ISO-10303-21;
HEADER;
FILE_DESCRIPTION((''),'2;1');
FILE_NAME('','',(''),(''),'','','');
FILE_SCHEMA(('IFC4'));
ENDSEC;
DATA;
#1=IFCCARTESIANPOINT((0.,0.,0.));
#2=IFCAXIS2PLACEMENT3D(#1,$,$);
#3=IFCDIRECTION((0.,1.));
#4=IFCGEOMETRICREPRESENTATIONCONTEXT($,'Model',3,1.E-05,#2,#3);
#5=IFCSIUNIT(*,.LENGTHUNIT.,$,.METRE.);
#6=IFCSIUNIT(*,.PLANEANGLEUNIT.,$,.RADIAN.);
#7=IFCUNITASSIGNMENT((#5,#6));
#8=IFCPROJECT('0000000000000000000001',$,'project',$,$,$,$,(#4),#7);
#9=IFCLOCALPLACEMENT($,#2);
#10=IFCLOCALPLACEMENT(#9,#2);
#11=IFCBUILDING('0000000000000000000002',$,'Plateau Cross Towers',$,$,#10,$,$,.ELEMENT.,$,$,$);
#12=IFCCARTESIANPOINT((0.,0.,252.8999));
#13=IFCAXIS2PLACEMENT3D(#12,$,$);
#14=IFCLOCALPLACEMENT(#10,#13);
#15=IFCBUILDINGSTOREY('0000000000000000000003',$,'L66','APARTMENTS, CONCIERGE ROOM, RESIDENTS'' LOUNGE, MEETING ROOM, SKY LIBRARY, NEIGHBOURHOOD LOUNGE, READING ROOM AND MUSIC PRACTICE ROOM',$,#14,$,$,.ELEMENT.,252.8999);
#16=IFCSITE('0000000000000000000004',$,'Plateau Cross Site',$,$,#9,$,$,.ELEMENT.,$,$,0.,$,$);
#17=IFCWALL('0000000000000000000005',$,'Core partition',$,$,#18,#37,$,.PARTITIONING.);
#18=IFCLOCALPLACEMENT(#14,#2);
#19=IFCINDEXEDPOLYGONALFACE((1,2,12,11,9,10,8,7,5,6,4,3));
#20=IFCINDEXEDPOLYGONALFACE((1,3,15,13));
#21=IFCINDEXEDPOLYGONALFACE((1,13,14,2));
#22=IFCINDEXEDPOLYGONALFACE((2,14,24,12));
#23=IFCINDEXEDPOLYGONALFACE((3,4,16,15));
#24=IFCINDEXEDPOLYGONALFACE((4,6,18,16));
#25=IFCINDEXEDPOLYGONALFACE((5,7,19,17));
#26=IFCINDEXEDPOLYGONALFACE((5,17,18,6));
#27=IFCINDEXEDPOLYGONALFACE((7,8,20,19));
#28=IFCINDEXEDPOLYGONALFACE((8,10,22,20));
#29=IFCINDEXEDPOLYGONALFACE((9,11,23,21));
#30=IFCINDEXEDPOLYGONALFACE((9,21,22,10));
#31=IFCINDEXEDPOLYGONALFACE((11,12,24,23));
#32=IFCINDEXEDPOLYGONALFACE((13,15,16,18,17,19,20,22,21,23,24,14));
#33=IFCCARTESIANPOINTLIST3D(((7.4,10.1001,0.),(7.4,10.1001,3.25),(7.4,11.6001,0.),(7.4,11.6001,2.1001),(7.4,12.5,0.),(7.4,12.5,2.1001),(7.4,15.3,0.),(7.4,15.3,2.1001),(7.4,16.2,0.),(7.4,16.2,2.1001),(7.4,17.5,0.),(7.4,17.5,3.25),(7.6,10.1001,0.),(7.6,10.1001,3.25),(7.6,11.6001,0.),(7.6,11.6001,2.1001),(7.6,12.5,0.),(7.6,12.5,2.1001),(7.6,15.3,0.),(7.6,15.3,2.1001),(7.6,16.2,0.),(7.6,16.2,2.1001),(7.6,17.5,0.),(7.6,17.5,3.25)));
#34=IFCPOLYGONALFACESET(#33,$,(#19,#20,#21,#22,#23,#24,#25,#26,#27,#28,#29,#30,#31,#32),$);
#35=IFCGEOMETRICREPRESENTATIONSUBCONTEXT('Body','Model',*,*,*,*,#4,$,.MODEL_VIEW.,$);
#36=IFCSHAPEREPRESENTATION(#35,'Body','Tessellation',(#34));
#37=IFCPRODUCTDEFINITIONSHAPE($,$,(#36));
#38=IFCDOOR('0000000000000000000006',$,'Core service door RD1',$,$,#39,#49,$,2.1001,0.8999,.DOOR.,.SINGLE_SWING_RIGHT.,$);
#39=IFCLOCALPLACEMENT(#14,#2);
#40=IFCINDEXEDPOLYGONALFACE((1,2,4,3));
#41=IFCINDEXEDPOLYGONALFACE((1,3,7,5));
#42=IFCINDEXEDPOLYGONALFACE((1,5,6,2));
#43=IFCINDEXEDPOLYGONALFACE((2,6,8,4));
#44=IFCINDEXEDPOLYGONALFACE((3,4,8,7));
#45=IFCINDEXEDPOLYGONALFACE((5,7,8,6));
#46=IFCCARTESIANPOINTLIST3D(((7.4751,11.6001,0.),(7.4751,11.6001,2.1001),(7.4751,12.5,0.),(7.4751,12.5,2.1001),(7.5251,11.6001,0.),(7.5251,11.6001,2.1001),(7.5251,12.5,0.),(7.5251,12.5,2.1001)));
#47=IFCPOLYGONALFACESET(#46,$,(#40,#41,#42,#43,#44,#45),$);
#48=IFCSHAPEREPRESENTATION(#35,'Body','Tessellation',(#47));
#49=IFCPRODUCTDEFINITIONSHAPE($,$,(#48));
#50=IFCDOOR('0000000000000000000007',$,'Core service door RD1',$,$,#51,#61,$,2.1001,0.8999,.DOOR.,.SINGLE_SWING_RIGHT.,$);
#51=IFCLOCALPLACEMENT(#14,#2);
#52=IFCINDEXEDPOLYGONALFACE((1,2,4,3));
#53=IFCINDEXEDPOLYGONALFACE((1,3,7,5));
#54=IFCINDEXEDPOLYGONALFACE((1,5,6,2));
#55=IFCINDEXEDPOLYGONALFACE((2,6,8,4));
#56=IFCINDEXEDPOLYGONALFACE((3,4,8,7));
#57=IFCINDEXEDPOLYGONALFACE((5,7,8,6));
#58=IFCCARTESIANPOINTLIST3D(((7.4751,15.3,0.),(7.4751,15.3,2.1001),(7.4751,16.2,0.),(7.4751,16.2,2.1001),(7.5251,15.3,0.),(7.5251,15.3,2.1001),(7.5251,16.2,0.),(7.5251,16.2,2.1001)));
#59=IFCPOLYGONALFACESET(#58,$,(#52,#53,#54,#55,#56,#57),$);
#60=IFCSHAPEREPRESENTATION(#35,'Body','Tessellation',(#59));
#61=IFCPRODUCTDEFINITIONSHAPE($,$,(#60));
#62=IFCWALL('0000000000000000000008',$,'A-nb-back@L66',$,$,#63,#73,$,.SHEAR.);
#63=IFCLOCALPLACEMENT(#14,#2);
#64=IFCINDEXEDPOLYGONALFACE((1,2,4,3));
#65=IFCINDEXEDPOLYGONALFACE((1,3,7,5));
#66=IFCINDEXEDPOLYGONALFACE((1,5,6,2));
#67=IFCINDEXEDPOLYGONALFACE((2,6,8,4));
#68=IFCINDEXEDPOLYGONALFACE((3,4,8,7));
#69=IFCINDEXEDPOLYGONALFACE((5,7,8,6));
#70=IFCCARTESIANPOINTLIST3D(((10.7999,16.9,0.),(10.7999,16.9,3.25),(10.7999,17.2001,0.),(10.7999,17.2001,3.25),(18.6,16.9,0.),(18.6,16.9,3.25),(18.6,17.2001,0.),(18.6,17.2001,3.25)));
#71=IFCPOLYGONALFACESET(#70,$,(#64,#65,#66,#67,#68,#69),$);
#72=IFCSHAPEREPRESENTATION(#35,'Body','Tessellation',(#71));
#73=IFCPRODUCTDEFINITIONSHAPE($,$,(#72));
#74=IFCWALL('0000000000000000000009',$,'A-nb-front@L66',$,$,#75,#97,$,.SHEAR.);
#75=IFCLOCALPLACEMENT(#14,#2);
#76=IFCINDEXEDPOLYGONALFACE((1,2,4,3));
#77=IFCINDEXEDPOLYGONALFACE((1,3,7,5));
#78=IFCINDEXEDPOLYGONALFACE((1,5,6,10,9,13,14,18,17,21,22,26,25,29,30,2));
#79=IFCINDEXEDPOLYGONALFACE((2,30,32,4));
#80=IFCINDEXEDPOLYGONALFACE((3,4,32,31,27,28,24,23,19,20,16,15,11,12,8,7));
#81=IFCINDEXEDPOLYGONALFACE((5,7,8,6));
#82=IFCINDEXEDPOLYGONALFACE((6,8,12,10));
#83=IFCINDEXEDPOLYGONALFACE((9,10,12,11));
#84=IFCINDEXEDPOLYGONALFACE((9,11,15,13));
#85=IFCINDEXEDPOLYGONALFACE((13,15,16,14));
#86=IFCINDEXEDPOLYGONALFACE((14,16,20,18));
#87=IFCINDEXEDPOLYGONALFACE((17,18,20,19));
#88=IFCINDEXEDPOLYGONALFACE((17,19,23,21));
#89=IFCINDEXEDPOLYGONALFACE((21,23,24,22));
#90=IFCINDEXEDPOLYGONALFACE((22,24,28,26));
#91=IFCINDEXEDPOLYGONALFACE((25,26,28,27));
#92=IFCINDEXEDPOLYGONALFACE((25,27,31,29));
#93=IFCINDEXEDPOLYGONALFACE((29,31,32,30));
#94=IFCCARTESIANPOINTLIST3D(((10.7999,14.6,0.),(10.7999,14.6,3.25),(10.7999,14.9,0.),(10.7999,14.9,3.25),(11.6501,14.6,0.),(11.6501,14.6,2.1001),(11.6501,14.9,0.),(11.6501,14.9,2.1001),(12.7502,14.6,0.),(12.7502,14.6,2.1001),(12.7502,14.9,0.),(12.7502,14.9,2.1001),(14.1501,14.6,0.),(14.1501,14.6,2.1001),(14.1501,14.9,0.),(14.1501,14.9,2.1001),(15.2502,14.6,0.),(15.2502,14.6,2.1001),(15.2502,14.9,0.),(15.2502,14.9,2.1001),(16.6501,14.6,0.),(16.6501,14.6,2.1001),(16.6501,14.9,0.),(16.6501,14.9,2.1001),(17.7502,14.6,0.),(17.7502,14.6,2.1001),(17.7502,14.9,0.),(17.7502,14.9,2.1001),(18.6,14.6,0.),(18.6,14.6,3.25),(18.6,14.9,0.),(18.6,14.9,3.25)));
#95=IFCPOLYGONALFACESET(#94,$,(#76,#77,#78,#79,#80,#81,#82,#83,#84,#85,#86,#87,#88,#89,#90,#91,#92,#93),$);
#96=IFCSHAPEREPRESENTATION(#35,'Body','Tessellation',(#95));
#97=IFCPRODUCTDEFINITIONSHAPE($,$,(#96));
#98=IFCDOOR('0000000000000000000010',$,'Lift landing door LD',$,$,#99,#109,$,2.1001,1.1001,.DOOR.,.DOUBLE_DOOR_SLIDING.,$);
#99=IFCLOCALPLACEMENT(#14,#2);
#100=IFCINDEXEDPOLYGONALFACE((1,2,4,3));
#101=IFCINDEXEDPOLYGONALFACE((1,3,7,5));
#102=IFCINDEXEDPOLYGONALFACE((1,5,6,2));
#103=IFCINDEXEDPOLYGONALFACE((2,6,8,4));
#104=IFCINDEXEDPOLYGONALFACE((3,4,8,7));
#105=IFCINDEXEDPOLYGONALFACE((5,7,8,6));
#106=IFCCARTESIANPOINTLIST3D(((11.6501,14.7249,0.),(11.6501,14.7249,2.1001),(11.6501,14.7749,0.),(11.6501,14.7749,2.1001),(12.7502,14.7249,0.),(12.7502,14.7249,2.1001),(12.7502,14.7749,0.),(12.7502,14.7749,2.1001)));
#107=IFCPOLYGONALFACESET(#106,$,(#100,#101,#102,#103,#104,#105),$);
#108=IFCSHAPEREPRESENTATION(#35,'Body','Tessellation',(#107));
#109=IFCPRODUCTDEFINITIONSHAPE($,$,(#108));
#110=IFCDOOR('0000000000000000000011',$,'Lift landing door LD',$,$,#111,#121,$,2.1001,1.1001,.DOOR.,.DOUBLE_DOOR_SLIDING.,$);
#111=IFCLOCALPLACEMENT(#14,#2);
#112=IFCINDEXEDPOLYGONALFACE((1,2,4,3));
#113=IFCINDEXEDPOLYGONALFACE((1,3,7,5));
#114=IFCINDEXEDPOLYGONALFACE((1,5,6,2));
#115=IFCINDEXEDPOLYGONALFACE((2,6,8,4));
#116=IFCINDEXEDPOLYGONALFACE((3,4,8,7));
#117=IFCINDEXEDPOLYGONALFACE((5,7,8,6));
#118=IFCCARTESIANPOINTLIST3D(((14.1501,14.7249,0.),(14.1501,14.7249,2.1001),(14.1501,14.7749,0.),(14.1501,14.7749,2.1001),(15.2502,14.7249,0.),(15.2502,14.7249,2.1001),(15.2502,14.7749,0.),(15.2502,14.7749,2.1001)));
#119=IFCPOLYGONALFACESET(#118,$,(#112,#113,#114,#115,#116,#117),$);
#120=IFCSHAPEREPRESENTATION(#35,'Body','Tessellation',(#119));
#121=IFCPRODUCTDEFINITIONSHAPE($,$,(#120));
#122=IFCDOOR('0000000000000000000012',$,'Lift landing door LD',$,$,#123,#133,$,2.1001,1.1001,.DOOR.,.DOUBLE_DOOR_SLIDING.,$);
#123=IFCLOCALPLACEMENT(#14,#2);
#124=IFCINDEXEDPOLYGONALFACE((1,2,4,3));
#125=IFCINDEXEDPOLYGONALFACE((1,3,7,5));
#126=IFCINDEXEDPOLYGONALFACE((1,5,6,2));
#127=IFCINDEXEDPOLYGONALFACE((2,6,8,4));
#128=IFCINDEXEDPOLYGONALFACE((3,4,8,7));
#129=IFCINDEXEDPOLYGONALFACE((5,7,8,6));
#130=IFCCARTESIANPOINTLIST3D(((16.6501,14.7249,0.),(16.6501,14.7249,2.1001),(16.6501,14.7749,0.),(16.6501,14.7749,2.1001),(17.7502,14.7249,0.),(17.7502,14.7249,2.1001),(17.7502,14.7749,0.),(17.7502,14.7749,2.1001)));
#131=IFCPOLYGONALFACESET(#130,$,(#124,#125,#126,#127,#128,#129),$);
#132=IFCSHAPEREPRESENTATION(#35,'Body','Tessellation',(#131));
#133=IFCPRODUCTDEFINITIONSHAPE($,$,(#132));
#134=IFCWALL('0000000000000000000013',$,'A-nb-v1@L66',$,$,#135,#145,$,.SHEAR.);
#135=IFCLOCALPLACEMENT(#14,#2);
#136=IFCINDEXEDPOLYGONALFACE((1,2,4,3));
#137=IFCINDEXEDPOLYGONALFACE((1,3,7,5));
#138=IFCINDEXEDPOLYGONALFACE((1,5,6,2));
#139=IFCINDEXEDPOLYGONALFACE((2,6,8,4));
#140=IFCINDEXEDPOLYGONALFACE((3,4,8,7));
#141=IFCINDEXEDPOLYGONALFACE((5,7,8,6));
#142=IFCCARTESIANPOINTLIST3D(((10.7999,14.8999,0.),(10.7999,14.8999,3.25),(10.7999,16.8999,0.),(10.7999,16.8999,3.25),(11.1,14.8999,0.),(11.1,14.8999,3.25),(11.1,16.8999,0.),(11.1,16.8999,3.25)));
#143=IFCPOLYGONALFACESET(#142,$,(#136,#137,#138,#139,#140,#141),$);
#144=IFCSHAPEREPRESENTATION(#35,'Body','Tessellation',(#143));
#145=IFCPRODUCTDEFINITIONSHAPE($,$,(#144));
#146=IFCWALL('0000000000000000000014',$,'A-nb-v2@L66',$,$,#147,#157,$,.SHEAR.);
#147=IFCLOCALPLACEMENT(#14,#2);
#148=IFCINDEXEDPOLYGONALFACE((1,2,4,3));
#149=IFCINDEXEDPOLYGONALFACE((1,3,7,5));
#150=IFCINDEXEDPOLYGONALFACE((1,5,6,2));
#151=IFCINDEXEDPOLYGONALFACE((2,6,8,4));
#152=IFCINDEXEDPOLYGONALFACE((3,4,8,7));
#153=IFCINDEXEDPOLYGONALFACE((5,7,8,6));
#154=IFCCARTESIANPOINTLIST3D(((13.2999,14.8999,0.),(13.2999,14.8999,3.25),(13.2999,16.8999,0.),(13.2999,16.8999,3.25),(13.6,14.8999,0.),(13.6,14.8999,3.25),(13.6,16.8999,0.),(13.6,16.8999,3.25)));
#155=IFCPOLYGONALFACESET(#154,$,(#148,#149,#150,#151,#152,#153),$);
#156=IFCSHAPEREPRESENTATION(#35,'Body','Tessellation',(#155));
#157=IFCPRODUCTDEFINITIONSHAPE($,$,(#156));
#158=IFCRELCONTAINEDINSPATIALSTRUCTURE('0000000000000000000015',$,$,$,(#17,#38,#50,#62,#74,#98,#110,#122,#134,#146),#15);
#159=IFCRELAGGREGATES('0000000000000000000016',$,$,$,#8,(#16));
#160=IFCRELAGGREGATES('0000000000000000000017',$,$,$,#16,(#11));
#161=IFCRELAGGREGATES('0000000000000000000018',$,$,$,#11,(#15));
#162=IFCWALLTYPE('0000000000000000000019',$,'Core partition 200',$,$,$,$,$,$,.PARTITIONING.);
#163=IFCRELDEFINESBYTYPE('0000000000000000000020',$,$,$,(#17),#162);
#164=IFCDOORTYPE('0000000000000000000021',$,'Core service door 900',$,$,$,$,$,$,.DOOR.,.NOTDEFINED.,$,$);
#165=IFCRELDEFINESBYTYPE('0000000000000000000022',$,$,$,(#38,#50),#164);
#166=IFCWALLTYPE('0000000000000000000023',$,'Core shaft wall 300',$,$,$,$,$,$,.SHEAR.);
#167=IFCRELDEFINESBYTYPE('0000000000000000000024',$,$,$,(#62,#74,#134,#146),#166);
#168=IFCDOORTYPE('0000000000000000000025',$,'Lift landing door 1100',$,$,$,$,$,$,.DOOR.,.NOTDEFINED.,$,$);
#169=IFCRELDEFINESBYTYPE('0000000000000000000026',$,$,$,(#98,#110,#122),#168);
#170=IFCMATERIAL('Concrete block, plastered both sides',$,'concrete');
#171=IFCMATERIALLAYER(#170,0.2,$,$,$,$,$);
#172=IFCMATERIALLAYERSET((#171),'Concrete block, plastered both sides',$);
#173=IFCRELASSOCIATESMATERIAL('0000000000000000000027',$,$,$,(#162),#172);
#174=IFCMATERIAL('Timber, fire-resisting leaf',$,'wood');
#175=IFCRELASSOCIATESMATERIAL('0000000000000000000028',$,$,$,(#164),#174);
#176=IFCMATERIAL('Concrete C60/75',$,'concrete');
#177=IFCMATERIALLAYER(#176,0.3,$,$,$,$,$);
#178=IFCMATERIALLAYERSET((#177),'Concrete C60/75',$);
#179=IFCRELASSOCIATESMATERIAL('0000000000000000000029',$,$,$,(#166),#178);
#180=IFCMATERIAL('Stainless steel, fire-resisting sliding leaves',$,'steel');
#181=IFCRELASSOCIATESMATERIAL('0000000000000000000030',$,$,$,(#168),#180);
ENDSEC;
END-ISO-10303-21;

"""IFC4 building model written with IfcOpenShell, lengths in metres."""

from ifc_helpers import new_model, si_unit, direction, frame, frame_2d, origin, place, context, subcontext, project, spatial, rectangle, extrude, material, layer, layer_set, type_object, element, fill, save


model = new_model("IFC4")

# Units and contexts
model_context = context("Model", 3, precision=1e-05, world=origin(), true_north=direction((0.0, 1.0)))
body_context = subcontext(model_context, "Body", "Model", "MODEL_VIEW")
ifc_project = project(units=[si_unit("LENGTHUNIT", "METRE"), si_unit("PLANEANGLEUNIT", "RADIAN")], contexts=[model_context])

# Site, building, storey
site_placement = place(None, origin())
site = spatial("IfcSite", under=ifc_project, at=site_placement, Name="Plateau Cross Site", CompositionType="ELEMENT", RefElevation=0.0)
building_placement = place(site_placement, origin())
building = spatial("IfcBuilding", under=site, at=building_placement, Name="Plateau Cross Towers", CompositionType="ELEMENT")
storey_placement = place(building_placement, frame((0.0, 0.0, 252.8999)))
storey = spatial("IfcBuildingStorey", under=building, at=storey_placement, Name="L66", Description="APARTMENTS, CONCIERGE ROOM, RESIDENTS' LOUNGE, MEETING ROOM, SKY LIBRARY, NEIGHBOURHOOD LOUNGE, READING ROOM AND MUSIC PRACTICE ROOM", CompositionType="ELEMENT", Elevation=252.8999)

# Shared definitions
ifc_material_1 = material(Name="Concrete block, plastered both sides", Category="concrete")
ifc_layer_1 = layer(ifc_material_1, 0.2)
ifc_layer_set_1 = layer_set([ifc_layer_1], Name="Concrete block, plastered both sides")
wall_type_1 = type_object("IfcWallType", Name="Core partition 200", PredefinedType="PARTITIONING", material=ifc_layer_set_1)

# Shared definitions
ifc_material_2 = material(Name="Timber, fire-resisting leaf", Category="wood")
door_type_1 = type_object("IfcDoorType", Name="Core service door 900", OperationType="NOTDEFINED", PredefinedType="DOOR", material=ifc_material_2)

# Wall, openings, doors
wall_1_placement = place(storey_placement, frame((7.5, 10.1001, 0.0), z_axis=(0.0, 0.0, 1.0), x_axis=(0.0, 1.0, 0.0)))
wall_1 = element("IfcWall", 1, at=wall_1_placement, inside=storey, type_object=wall_type_1, Name="Core partition", PredefinedType="PARTITIONING", context=body_context, shape_type="SweptSolid", body=[
    extrude(rectangle(XDim=7.3999, YDim=0.2, at=frame_2d((3.7, 0.0))), origin(), (0.0, 0.0, 1.0), 3.25),
])
opening_1_placement = place(wall_1_placement, frame((1.5, 0.0, 0.0)))
opening_1 = element("IfcOpeningElement", 2, at=opening_1_placement, cuts=wall_1, PredefinedType="OPENING", context=body_context, shape_type="SweptSolid", body=[
    extrude(rectangle(XDim=0.8999, YDim=2.1001, at=frame_2d((0.45, 1.05))), frame((0.0, 0.1099, 0.0), z_axis=(0.0, -1.0, 0.0), x_axis=(1.0, 0.0, 0.0)), (0.0, 0.0, 1.0), 0.22),
])
opening_2_placement = place(wall_1_placement, frame((5.2, 0.0, 0.0)))
opening_2 = element("IfcOpeningElement", 3, at=opening_2_placement, cuts=wall_1, PredefinedType="OPENING", context=body_context, shape_type="SweptSolid", body=[
    extrude(rectangle(XDim=0.8999, YDim=2.1001, at=frame_2d((0.45, 1.05))), frame((0.0, 0.1099, 0.0), z_axis=(0.0, -1.0, 0.0), x_axis=(1.0, 0.0, 0.0)), (0.0, 0.0, 1.0), 0.22),
])
door_1_placement = place(opening_1_placement, origin())
door_1 = element("IfcDoor", 4, at=door_1_placement, inside=storey, type_object=door_type_1, Name="Core service door RD1", OperationType="SINGLE_SWING_RIGHT", OverallHeight=2.1001, OverallWidth=0.8999, PredefinedType="DOOR", context=body_context, shape_type="SweptSolid", body=[
    extrude(rectangle(XDim=0.8999, YDim=2.1001, at=frame_2d((0.45, 1.05))), frame((0.0, 0.0249, 0.0), z_axis=(0.0, -1.0, 0.0), x_axis=(1.0, 0.0, 0.0)), (0.0, 0.0, 1.0), 0.05),
])
fill(opening_1, door_1)
door_2_placement = place(opening_2_placement, origin())
door_2 = element("IfcDoor", 5, at=door_2_placement, inside=storey, type_object=door_type_1, Name="Core service door RD1", OperationType="SINGLE_SWING_RIGHT", OverallHeight=2.1001, OverallWidth=0.8999, PredefinedType="DOOR", context=body_context, shape_type="SweptSolid", body=[
    extrude(rectangle(XDim=0.8999, YDim=2.1001, at=frame_2d((0.45, 1.05))), frame((0.0, 0.0249, 0.0), z_axis=(0.0, -1.0, 0.0), x_axis=(1.0, 0.0, 0.0)), (0.0, 0.0, 1.0), 0.05),
])
fill(opening_2, door_2)

# Wall
ifc_material_3 = material(Name="Concrete C60/75", Category="concrete")
ifc_layer_2 = layer(ifc_material_3, 0.3)
ifc_layer_set_2 = layer_set([ifc_layer_2], Name="Concrete C60/75")
wall_type_2 = type_object("IfcWallType", Name="Core shaft wall 300", PredefinedType="SHEAR", material=ifc_layer_set_2)
wall_2_placement = place(storey_placement, frame((10.8, 17.05, 0.0), z_axis=(0.0, 0.0, 1.0), x_axis=(1.0, 0.0, 0.0)))
element("IfcWall", 6, at=wall_2_placement, inside=storey, type_object=wall_type_2, Name="A-nb-back@L66", PredefinedType="SHEAR", context=body_context, shape_type="SweptSolid", body=[
    extrude(rectangle(XDim=7.8, YDim=0.3, at=frame_2d((3.8999, 0.0))), origin(), (0.0, 0.0, 1.0), 3.25),
])

# Wall, openings, doors
wall_3_placement = place(storey_placement, frame((10.8, 14.75, 0.0), z_axis=(0.0, 0.0, 1.0), x_axis=(1.0, 0.0, 0.0)))
wall_3 = element("IfcWall", 7, at=wall_3_placement, inside=storey, type_object=wall_type_2, Name="A-nb-front@L66", PredefinedType="SHEAR", context=body_context, shape_type="SweptSolid", body=[
    extrude(rectangle(XDim=7.8, YDim=0.3, at=frame_2d((3.8999, 0.0))), origin(), (0.0, 0.0, 1.0), 3.25),
])
opening_3_placement = place(wall_3_placement, frame((0.8501, 0.0, 0.0)))
opening_3 = element("IfcOpeningElement", 8, at=opening_3_placement, cuts=wall_3, PredefinedType="OPENING", context=body_context, shape_type="SweptSolid", body=[
    extrude(rectangle(XDim=1.1001, YDim=2.1001, at=frame_2d((0.55, 1.05))), frame((0.0, 0.1599, 0.0), z_axis=(0.0, -1.0, 0.0), x_axis=(1.0, 0.0, 0.0)), (0.0, 0.0, 1.0), 0.3201),
])
opening_4_placement = place(wall_3_placement, frame((3.3501, 0.0, 0.0)))
opening_4 = element("IfcOpeningElement", 9, at=opening_4_placement, cuts=wall_3, PredefinedType="OPENING", context=body_context, shape_type="SweptSolid", body=[
    extrude(rectangle(XDim=1.1001, YDim=2.1001, at=frame_2d((0.55, 1.05))), frame((0.0, 0.1599, 0.0), z_axis=(0.0, -1.0, 0.0), x_axis=(1.0, 0.0, 0.0)), (0.0, 0.0, 1.0), 0.3201),
])
opening_5_placement = place(wall_3_placement, frame((5.8501, 0.0, 0.0)))
opening_5 = element("IfcOpeningElement", 10, at=opening_5_placement, cuts=wall_3, PredefinedType="OPENING", context=body_context, shape_type="SweptSolid", body=[
    extrude(rectangle(XDim=1.1001, YDim=2.1001, at=frame_2d((0.55, 1.05))), frame((0.0, 0.1599, 0.0), z_axis=(0.0, -1.0, 0.0), x_axis=(1.0, 0.0, 0.0)), (0.0, 0.0, 1.0), 0.3201),
])
ifc_material_4 = material(Name="Stainless steel, fire-resisting sliding leaves", Category="steel")
door_type_2 = type_object("IfcDoorType", Name="Lift landing door 1100", OperationType="NOTDEFINED", PredefinedType="DOOR", material=ifc_material_4)
door_3_placement = place(opening_3_placement, origin())
door_3 = element("IfcDoor", 11, at=door_3_placement, inside=storey, type_object=door_type_2, Name="Lift landing door LD", OperationType="DOUBLE_DOOR_SLIDING", OverallHeight=2.1001, OverallWidth=1.1001, PredefinedType="DOOR", context=body_context, shape_type="SweptSolid", body=[
    extrude(rectangle(XDim=1.1001, YDim=2.1001, at=frame_2d((0.55, 1.05))), frame((0.0, 0.0249, 0.0), z_axis=(0.0, -1.0, 0.0), x_axis=(1.0, 0.0, 0.0)), (0.0, 0.0, 1.0), 0.05),
])
fill(opening_3, door_3)
door_4_placement = place(opening_4_placement, origin())
door_4 = element("IfcDoor", 12, at=door_4_placement, inside=storey, type_object=door_type_2, Name="Lift landing door LD", OperationType="DOUBLE_DOOR_SLIDING", OverallHeight=2.1001, OverallWidth=1.1001, PredefinedType="DOOR", context=body_context, shape_type="SweptSolid", body=[
    extrude(rectangle(XDim=1.1001, YDim=2.1001, at=frame_2d((0.55, 1.05))), frame((0.0, 0.0249, 0.0), z_axis=(0.0, -1.0, 0.0), x_axis=(1.0, 0.0, 0.0)), (0.0, 0.0, 1.0), 0.05),
])
fill(opening_4, door_4)
door_5_placement = place(opening_5_placement, origin())
door_5 = element("IfcDoor", 13, at=door_5_placement, inside=storey, type_object=door_type_2, Name="Lift landing door LD", OperationType="DOUBLE_DOOR_SLIDING", OverallHeight=2.1001, OverallWidth=1.1001, PredefinedType="DOOR", context=body_context, shape_type="SweptSolid", body=[
    extrude(rectangle(XDim=1.1001, YDim=2.1001, at=frame_2d((0.55, 1.05))), frame((0.0, 0.0249, 0.0), z_axis=(0.0, -1.0, 0.0), x_axis=(1.0, 0.0, 0.0)), (0.0, 0.0, 1.0), 0.05),
])
fill(opening_5, door_5)

# Walls
for number, where, z_axis, x_axis, name in (
    (14, (10.95, 14.8999, 0.0), (0.0, 0.0, 1.0), (0.0, 1.0, 0.0), "A-nb-v1@L66"),
    (15, (13.45, 14.8999, 0.0), (0.0, 0.0, 1.0), (0.0, 1.0, 0.0), "A-nb-v2@L66"),
):
    element("IfcWall", number, at=place(storey_placement, frame(where, z_axis=z_axis, x_axis=x_axis)), inside=storey, type_object=wall_type_2, Name=name, PredefinedType="SHEAR", context=body_context, shape_type="SweptSolid", body=[
        extrude(rectangle(XDim=2.0, YDim=0.3, at=frame_2d((1.0, 0.0))), origin(), (0.0, 0.0, 1.0), 3.25),
    ])

save(model, "model.ifc")
